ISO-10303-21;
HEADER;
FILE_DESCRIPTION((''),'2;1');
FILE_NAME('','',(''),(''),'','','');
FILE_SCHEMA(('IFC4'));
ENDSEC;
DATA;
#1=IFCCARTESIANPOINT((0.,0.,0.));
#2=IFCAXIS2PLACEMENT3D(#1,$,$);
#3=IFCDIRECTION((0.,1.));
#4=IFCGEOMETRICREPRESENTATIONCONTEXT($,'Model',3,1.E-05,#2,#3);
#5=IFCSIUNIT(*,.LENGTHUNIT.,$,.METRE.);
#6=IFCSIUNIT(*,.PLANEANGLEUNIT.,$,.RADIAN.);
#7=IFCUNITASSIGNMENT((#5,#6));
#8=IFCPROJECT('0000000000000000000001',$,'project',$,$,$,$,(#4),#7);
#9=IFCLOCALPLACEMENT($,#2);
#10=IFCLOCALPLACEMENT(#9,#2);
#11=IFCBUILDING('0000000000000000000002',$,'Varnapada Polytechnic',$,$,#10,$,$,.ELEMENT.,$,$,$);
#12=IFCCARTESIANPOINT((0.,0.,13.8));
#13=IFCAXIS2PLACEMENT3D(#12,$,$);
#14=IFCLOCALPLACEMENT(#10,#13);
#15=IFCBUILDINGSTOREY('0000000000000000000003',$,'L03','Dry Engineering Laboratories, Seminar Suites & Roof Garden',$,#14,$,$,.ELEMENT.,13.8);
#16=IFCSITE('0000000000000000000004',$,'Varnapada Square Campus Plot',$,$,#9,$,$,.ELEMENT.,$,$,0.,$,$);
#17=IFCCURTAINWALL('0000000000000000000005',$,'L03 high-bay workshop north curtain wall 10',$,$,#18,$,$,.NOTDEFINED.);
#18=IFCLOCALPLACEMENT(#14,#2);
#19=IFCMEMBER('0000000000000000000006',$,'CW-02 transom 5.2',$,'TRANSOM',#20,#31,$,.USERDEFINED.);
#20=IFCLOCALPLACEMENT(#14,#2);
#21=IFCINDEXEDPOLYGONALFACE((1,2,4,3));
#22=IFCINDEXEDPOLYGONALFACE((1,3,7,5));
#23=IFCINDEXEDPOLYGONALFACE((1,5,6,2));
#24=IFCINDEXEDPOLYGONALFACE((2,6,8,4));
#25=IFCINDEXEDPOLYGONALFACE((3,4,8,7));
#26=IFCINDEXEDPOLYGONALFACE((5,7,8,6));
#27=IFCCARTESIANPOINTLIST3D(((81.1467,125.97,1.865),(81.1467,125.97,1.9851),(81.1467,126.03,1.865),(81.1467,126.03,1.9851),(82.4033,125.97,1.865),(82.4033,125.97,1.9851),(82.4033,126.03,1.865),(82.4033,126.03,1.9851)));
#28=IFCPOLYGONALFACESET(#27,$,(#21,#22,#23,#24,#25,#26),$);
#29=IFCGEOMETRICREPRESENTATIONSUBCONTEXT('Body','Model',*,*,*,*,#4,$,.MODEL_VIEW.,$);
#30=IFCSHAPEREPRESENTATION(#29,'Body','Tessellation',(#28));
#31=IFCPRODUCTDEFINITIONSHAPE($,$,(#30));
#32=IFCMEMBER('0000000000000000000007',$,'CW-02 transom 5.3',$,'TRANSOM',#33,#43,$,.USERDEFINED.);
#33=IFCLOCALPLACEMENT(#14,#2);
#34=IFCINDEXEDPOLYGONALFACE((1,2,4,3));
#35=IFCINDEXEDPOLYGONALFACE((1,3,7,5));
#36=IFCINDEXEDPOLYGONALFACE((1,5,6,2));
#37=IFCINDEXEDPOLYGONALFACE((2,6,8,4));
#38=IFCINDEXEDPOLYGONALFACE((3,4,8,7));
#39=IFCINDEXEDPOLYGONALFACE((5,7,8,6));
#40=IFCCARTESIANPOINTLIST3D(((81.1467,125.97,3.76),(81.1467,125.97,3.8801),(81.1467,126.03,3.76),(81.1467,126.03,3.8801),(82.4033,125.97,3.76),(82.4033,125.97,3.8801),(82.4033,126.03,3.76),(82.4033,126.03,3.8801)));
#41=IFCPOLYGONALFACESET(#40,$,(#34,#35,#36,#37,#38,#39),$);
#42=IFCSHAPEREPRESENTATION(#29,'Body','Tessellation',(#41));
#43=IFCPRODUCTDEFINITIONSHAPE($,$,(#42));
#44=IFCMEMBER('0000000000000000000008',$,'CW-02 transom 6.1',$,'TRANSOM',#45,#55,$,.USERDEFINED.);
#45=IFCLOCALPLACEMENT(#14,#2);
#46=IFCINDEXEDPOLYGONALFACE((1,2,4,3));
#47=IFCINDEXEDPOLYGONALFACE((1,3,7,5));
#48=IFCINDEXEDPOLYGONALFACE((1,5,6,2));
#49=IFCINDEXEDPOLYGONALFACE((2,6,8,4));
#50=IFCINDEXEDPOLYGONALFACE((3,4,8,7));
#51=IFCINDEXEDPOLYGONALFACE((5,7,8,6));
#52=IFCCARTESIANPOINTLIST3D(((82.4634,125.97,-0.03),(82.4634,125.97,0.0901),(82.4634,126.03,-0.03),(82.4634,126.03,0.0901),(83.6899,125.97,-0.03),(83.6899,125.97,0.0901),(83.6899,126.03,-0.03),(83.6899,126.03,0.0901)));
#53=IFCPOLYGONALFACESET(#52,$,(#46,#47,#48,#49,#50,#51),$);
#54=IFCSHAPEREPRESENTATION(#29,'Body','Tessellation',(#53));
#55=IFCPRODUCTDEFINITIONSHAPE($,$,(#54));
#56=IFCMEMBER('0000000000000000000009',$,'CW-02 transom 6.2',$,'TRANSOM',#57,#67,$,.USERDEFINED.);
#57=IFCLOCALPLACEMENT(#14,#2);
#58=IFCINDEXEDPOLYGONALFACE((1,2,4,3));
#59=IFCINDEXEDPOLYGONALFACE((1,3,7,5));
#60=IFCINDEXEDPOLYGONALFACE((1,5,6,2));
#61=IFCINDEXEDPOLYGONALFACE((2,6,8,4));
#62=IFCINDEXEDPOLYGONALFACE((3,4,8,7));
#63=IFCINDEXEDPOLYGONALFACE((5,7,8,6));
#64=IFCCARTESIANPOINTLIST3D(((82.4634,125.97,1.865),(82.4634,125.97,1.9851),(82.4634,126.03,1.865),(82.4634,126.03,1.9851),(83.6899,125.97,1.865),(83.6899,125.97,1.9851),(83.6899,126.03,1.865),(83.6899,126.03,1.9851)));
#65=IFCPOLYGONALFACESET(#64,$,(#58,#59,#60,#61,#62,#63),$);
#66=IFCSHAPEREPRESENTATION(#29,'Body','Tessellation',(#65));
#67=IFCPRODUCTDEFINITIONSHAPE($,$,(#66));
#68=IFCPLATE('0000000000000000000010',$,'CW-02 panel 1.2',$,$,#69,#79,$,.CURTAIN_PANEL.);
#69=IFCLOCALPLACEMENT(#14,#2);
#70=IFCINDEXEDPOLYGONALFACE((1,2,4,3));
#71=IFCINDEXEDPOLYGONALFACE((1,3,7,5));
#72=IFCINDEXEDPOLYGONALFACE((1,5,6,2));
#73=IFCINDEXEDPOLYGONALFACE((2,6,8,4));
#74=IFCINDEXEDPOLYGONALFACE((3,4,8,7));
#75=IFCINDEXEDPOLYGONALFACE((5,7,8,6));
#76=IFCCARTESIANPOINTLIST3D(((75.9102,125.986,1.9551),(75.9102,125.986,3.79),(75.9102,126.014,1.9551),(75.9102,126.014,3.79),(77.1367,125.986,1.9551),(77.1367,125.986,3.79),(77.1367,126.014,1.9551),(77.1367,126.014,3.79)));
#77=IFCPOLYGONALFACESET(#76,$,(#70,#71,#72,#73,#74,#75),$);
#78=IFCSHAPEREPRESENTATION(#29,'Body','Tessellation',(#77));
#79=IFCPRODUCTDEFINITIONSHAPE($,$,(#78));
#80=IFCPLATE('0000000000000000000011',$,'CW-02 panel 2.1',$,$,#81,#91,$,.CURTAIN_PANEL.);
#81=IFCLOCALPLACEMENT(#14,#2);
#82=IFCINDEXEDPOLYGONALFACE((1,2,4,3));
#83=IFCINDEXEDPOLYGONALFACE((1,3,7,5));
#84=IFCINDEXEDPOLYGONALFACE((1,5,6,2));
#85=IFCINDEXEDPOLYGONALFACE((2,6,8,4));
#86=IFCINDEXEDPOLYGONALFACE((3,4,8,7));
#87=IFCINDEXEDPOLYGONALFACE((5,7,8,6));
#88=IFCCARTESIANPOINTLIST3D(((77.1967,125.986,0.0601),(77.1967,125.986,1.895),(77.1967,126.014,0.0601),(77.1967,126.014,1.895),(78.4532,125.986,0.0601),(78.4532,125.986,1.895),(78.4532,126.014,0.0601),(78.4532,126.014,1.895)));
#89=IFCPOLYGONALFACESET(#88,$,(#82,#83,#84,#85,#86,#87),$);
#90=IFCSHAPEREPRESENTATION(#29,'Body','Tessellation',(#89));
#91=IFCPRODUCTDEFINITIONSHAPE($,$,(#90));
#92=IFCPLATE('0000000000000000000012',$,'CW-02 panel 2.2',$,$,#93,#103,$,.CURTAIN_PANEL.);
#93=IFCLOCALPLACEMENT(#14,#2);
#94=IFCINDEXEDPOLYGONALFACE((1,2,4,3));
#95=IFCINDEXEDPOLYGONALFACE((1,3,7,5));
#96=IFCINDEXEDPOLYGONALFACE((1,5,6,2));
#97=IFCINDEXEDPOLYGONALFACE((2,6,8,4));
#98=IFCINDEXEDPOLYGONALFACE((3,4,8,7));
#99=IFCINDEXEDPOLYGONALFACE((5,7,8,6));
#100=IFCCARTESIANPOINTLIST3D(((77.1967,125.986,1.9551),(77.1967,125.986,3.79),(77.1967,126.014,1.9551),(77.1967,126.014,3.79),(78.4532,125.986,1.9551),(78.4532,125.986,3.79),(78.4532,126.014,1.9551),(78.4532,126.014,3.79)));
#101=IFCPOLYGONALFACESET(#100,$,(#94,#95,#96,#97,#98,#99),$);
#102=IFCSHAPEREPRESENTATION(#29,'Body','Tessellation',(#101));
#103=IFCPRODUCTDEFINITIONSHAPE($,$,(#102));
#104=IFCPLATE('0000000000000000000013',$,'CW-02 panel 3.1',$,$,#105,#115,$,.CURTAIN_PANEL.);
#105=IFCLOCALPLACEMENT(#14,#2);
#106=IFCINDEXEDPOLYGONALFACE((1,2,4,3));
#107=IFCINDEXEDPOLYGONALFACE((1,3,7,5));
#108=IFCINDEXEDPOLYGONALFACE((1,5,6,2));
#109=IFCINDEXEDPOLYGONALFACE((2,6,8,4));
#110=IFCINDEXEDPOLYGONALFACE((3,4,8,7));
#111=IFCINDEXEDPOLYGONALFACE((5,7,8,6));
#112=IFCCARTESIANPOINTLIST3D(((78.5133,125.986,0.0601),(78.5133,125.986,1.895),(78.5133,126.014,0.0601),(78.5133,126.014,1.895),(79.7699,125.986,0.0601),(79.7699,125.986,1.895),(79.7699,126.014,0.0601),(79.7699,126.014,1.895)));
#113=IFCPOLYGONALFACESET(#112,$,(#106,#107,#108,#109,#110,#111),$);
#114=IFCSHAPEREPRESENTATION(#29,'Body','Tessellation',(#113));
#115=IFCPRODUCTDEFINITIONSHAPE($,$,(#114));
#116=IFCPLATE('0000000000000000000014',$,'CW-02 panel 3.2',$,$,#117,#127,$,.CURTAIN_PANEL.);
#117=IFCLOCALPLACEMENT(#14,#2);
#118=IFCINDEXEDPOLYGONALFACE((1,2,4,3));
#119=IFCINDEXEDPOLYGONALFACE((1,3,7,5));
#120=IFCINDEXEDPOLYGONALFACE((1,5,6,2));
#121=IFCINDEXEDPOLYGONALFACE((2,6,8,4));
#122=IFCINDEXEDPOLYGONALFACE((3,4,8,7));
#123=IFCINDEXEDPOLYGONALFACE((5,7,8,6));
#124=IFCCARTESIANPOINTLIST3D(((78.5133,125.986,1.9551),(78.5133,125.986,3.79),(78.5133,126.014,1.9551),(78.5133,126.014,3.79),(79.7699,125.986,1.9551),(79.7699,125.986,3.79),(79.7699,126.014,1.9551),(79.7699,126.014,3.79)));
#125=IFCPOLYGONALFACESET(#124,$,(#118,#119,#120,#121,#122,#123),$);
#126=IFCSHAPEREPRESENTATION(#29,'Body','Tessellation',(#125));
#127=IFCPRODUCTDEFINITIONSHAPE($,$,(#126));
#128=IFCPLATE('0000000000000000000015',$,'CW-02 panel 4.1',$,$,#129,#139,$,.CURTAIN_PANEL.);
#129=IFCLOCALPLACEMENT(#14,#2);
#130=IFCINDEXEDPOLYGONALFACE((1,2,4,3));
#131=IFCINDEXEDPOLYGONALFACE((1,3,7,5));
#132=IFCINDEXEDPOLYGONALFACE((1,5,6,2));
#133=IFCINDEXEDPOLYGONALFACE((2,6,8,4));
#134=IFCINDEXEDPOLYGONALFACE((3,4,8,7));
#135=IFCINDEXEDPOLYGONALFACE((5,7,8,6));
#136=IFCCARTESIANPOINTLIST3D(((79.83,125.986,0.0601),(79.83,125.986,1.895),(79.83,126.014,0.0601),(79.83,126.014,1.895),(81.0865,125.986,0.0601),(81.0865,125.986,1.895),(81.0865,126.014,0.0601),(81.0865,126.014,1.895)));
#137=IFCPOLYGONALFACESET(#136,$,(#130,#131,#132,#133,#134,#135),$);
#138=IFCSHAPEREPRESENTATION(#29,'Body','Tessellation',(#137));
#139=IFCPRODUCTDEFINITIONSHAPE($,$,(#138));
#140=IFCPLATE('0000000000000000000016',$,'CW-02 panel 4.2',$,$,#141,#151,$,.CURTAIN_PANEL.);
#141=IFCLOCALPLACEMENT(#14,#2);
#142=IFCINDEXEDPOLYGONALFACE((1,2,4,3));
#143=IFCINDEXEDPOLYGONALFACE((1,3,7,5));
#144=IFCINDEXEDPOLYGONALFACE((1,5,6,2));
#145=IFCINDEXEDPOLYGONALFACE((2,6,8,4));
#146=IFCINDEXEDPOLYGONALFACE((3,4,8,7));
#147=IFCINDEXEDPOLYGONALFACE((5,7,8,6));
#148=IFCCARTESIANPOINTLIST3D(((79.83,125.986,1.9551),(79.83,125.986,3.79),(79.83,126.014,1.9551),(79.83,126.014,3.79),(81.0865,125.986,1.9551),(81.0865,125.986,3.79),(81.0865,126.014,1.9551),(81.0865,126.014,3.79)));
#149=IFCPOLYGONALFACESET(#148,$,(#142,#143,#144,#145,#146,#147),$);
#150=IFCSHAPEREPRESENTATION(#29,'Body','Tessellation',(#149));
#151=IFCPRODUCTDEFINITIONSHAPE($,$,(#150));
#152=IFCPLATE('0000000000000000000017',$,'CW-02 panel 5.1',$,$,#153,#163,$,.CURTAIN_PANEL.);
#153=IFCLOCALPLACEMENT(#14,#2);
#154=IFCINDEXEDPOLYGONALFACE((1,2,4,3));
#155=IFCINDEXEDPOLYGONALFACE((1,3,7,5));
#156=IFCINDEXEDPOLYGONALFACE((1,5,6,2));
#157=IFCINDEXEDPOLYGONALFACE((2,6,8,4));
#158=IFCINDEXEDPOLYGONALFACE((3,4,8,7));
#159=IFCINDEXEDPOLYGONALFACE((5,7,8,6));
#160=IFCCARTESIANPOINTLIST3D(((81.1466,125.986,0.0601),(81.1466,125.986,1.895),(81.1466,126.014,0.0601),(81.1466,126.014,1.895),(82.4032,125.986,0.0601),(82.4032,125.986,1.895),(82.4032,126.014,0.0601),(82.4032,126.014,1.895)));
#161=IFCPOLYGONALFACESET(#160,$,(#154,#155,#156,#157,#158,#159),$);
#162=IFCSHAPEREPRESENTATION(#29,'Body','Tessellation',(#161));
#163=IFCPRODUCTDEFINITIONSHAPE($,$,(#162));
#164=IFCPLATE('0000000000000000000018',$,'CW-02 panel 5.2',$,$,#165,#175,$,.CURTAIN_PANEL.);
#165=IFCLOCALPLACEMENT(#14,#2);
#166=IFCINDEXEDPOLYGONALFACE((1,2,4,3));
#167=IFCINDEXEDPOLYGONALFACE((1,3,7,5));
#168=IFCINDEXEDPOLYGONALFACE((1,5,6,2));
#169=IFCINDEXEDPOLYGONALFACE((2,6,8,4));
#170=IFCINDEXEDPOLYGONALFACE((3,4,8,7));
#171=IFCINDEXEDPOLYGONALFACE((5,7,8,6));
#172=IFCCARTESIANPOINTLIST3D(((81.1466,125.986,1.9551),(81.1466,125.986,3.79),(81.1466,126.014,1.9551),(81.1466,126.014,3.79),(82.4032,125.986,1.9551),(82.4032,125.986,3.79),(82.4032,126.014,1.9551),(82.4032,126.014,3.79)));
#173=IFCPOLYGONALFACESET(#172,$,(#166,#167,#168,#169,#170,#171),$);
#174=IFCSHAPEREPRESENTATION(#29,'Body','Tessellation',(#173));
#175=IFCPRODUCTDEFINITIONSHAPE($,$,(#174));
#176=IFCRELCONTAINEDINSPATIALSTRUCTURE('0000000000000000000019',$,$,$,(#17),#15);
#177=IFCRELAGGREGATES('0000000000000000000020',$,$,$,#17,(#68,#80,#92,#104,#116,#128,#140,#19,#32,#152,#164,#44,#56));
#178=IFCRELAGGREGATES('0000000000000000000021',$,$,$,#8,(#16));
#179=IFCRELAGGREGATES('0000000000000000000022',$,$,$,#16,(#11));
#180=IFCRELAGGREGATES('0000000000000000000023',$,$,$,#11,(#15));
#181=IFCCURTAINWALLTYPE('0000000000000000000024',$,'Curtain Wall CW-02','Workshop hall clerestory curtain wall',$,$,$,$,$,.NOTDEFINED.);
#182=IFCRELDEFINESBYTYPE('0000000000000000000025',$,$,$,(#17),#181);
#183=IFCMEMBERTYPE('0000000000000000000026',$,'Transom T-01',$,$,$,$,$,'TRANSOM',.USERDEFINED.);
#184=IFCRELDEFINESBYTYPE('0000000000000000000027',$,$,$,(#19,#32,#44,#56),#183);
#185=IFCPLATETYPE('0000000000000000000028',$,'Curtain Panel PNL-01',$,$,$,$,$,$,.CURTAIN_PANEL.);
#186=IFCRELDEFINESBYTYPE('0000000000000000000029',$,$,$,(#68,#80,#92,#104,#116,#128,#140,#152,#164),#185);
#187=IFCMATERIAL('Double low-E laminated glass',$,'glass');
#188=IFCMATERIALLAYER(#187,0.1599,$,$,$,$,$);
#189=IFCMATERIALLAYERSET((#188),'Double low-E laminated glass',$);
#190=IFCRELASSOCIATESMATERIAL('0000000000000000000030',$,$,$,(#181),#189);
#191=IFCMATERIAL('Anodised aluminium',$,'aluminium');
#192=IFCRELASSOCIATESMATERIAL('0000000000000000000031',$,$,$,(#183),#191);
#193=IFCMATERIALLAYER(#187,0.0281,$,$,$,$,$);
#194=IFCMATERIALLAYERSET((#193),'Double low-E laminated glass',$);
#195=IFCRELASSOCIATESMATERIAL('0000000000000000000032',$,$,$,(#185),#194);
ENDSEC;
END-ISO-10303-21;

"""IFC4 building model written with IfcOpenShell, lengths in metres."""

from ifc_helpers import new_model, si_unit, direction, frame, origin, origin_2d, place, context, subcontext, project, spatial, rectangle, extrude, material, layer, layer_set, material_profile, profile_set, type_object, element, aggregate, save


model = new_model("IFC4")

# Units and contexts
model_context = context("Model", 3, precision=1e-05, world=origin(), true_north=direction((0.0, 1.0)))
body_context = subcontext(model_context, "Body", "Model", "MODEL_VIEW")
ifc_project = project(units=[si_unit("LENGTHUNIT", "METRE"), si_unit("PLANEANGLEUNIT", "RADIAN")], contexts=[model_context])

# Site, building, storey
site_placement = place(None, origin())
site = spatial("IfcSite", under=ifc_project, at=site_placement, Name="Varnapada Square Campus Plot", CompositionType="ELEMENT", RefElevation=0.0)
building_placement = place(site_placement, origin())
building = spatial("IfcBuilding", under=site, at=building_placement, Name="Varnapada Polytechnic", CompositionType="ELEMENT")
storey_placement = place(building_placement, frame((0.0, 0.0, 13.8)))
storey = spatial("IfcBuildingStorey", under=building, at=storey_placement, Name="L03", Description="Dry Engineering Laboratories, Seminar Suites & Roof Garden", CompositionType="ELEMENT", Elevation=13.8)

# Curtain wall, members, plates
ifc_material_1 = material(Name="Double low-E laminated glass", Category="glass")
ifc_layer_1 = layer(ifc_material_1, 0.1599)
ifc_layer_set_1 = layer_set([ifc_layer_1], Name="Double low-E laminated glass")
curtain_wall_type = type_object("IfcCurtainWallType", Name="Curtain Wall CW-02", Description="Workshop hall clerestory curtain wall", PredefinedType="NOTDEFINED", material=ifc_layer_set_1)
curtain_wall_placement = place(storey_placement, origin())
curtain_wall = element("IfcCurtainWall", 1, at=curtain_wall_placement, inside=storey, type_object=curtain_wall_type, Name="L03 high-bay workshop north curtain wall 10", PredefinedType="NOTDEFINED")
ifc_material_2 = material(Name="Anodised aluminium", Category="aluminium")
ifc_material_profile_1 = material_profile(ifc_material_2, rectangle(XDim=0.0601, YDim=0.1201, at=origin_2d()), Name="ALU T60x120")
ifc_profile_set_1 = profile_set([ifc_material_profile_1], Name="Anodised aluminium")
member_type_1 = type_object("IfcMemberType", Name="Transom T-01", ElementType="TRANSOM", PredefinedType="USERDEFINED", material=ifc_profile_set_1)
member_1_placement = place(storey_placement, frame((81.1467, 126.0, 1.925), z_axis=(1.0, 0.0, 0.0), x_axis=(0.0, 1.0, 0.0)))
member_1 = element("IfcMember", 2, at=member_1_placement, type_object=member_type_1, Name="CW-02 transom 5.2", ObjectType="TRANSOM", PredefinedType="USERDEFINED", context=body_context, shape_type="SweptSolid", body=[
    extrude(rectangle(XDim=0.0601, YDim=0.1201, at=origin_2d()), origin(), (0.0, 0.0, 1.0), 1.2566),
])
member_2_placement = place(storey_placement, frame((81.1467, 126.0, 3.8201), z_axis=(1.0, 0.0, 0.0), x_axis=(0.0, 1.0, 0.0)))
member_2 = element("IfcMember", 3, at=member_2_placement, type_object=member_type_1, Name="CW-02 transom 5.3", ObjectType="TRANSOM", PredefinedType="USERDEFINED", context=body_context, shape_type="SweptSolid", body=[
    extrude(rectangle(XDim=0.0601, YDim=0.1201, at=origin_2d()), origin(), (0.0, 0.0, 1.0), 1.2566),
])
member_3_placement = place(storey_placement, frame((82.4634, 126.0, 0.03), z_axis=(1.0, 0.0, 0.0), x_axis=(0.0, 1.0, 0.0)))
member_3 = element("IfcMember", 4, at=member_3_placement, type_object=member_type_1, Name="CW-02 transom 6.1", ObjectType="TRANSOM", PredefinedType="USERDEFINED", context=body_context, shape_type="SweptSolid", body=[
    extrude(rectangle(XDim=0.0601, YDim=0.1201, at=origin_2d()), origin(), (0.0, 0.0, 1.0), 1.2266),
])
member_4_placement = place(storey_placement, frame((82.4634, 126.0, 1.925), z_axis=(1.0, 0.0, 0.0), x_axis=(0.0, 1.0, 0.0)))
member_4 = element("IfcMember", 5, at=member_4_placement, type_object=member_type_1, Name="CW-02 transom 6.2", ObjectType="TRANSOM", PredefinedType="USERDEFINED", context=body_context, shape_type="SweptSolid", body=[
    extrude(rectangle(XDim=0.0601, YDim=0.1201, at=origin_2d()), origin(), (0.0, 0.0, 1.0), 1.2266),
])
ifc_layer_2 = layer(ifc_material_1, 0.0281)
ifc_layer_set_2 = layer_set([ifc_layer_2], Name="Double low-E laminated glass")
plate_type = type_object("IfcPlateType", Name="Curtain Panel PNL-01", PredefinedType="CURTAIN_PANEL", material=ifc_layer_set_2)
plate_1_placement = place(storey_placement, frame((76.5234, 126.0, 1.9551), z_axis=(0.0, 0.0, 1.0), x_axis=(1.0, 0.0, 0.0)))
plate_1 = element("IfcPlate", 6, at=plate_1_placement, type_object=plate_type, Name="CW-02 panel 1.2", PredefinedType="CURTAIN_PANEL", context=body_context, shape_type="SweptSolid", body=[
    extrude(rectangle(XDim=1.2266, YDim=0.0281, at=origin_2d()), origin(), (0.0, 0.0, 1.0), 1.835),
])
plate_2_placement = place(storey_placement, frame((77.825, 126.0, 0.0601), z_axis=(0.0, 0.0, 1.0), x_axis=(1.0, 0.0, 0.0)))
plate_2 = element("IfcPlate", 7, at=plate_2_placement, type_object=plate_type, Name="CW-02 panel 2.1", PredefinedType="CURTAIN_PANEL", context=body_context, shape_type="SweptSolid", body=[
    extrude(rectangle(XDim=1.2566, YDim=0.0281, at=origin_2d()), origin(), (0.0, 0.0, 1.0), 1.835),
])
plate_3_placement = place(storey_placement, frame((77.825, 126.0, 1.9551), z_axis=(0.0, 0.0, 1.0), x_axis=(1.0, 0.0, 0.0)))
plate_3 = element("IfcPlate", 8, at=plate_3_placement, type_object=plate_type, Name="CW-02 panel 2.2", PredefinedType="CURTAIN_PANEL", context=body_context, shape_type="SweptSolid", body=[
    extrude(rectangle(XDim=1.2566, YDim=0.0281, at=origin_2d()), origin(), (0.0, 0.0, 1.0), 1.835),
])
plate_4_placement = place(storey_placement, frame((79.1416, 126.0, 0.0601), z_axis=(0.0, 0.0, 1.0), x_axis=(1.0, 0.0, 0.0)))
plate_4 = element("IfcPlate", 9, at=plate_4_placement, type_object=plate_type, Name="CW-02 panel 3.1", PredefinedType="CURTAIN_PANEL", context=body_context, shape_type="SweptSolid", body=[
    extrude(rectangle(XDim=1.2566, YDim=0.0281, at=origin_2d()), origin(), (0.0, 0.0, 1.0), 1.835),
])
plate_5_placement = place(storey_placement, frame((79.1416, 126.0, 1.9551), z_axis=(0.0, 0.0, 1.0), x_axis=(1.0, 0.0, 0.0)))
plate_5 = element("IfcPlate", 10, at=plate_5_placement, type_object=plate_type, Name="CW-02 panel 3.2", PredefinedType="CURTAIN_PANEL", context=body_context, shape_type="SweptSolid", body=[
    extrude(rectangle(XDim=1.2566, YDim=0.0281, at=origin_2d()), origin(), (0.0, 0.0, 1.0), 1.835),
])
plate_6_placement = place(storey_placement, frame((80.4583, 126.0, 0.0601), z_axis=(0.0, 0.0, 1.0), x_axis=(1.0, 0.0, 0.0)))
plate_6 = element("IfcPlate", 11, at=plate_6_placement, type_object=plate_type, Name="CW-02 panel 4.1", PredefinedType="CURTAIN_PANEL", context=body_context, shape_type="SweptSolid", body=[
    extrude(rectangle(XDim=1.2566, YDim=0.0281, at=origin_2d()), origin(), (0.0, 0.0, 1.0), 1.835),
])
plate_7_placement = place(storey_placement, frame((80.4583, 126.0, 1.9551), z_axis=(0.0, 0.0, 1.0), x_axis=(1.0, 0.0, 0.0)))
plate_7 = element("IfcPlate", 12, at=plate_7_placement, type_object=plate_type, Name="CW-02 panel 4.2", PredefinedType="CURTAIN_PANEL", context=body_context, shape_type="SweptSolid", body=[
    extrude(rectangle(XDim=1.2566, YDim=0.0281, at=origin_2d()), origin(), (0.0, 0.0, 1.0), 1.835),
])
plate_8_placement = place(storey_placement, frame((81.7749, 126.0, 0.0601), z_axis=(0.0, 0.0, 1.0), x_axis=(1.0, 0.0, 0.0)))
plate_8 = element("IfcPlate", 13, at=plate_8_placement, type_object=plate_type, Name="CW-02 panel 5.1", PredefinedType="CURTAIN_PANEL", context=body_context, shape_type="SweptSolid", body=[
    extrude(rectangle(XDim=1.2566, YDim=0.0281, at=origin_2d()), origin(), (0.0, 0.0, 1.0), 1.835),
])
plate_9_placement = place(storey_placement, frame((81.7749, 126.0, 1.9551), z_axis=(0.0, 0.0, 1.0), x_axis=(1.0, 0.0, 0.0)))
plate_9 = element("IfcPlate", 14, at=plate_9_placement, type_object=plate_type, Name="CW-02 panel 5.2", PredefinedType="CURTAIN_PANEL", context=body_context, shape_type="SweptSolid", body=[
    extrude(rectangle(XDim=1.2566, YDim=0.0281, at=origin_2d()), origin(), (0.0, 0.0, 1.0), 1.835),
])
aggregate(curtain_wall, [plate_1, plate_2, plate_3, plate_4, plate_5, plate_6, plate_7, member_1, member_2, plate_8, plate_9, member_3, member_4])

save(model, "model.ifc")
